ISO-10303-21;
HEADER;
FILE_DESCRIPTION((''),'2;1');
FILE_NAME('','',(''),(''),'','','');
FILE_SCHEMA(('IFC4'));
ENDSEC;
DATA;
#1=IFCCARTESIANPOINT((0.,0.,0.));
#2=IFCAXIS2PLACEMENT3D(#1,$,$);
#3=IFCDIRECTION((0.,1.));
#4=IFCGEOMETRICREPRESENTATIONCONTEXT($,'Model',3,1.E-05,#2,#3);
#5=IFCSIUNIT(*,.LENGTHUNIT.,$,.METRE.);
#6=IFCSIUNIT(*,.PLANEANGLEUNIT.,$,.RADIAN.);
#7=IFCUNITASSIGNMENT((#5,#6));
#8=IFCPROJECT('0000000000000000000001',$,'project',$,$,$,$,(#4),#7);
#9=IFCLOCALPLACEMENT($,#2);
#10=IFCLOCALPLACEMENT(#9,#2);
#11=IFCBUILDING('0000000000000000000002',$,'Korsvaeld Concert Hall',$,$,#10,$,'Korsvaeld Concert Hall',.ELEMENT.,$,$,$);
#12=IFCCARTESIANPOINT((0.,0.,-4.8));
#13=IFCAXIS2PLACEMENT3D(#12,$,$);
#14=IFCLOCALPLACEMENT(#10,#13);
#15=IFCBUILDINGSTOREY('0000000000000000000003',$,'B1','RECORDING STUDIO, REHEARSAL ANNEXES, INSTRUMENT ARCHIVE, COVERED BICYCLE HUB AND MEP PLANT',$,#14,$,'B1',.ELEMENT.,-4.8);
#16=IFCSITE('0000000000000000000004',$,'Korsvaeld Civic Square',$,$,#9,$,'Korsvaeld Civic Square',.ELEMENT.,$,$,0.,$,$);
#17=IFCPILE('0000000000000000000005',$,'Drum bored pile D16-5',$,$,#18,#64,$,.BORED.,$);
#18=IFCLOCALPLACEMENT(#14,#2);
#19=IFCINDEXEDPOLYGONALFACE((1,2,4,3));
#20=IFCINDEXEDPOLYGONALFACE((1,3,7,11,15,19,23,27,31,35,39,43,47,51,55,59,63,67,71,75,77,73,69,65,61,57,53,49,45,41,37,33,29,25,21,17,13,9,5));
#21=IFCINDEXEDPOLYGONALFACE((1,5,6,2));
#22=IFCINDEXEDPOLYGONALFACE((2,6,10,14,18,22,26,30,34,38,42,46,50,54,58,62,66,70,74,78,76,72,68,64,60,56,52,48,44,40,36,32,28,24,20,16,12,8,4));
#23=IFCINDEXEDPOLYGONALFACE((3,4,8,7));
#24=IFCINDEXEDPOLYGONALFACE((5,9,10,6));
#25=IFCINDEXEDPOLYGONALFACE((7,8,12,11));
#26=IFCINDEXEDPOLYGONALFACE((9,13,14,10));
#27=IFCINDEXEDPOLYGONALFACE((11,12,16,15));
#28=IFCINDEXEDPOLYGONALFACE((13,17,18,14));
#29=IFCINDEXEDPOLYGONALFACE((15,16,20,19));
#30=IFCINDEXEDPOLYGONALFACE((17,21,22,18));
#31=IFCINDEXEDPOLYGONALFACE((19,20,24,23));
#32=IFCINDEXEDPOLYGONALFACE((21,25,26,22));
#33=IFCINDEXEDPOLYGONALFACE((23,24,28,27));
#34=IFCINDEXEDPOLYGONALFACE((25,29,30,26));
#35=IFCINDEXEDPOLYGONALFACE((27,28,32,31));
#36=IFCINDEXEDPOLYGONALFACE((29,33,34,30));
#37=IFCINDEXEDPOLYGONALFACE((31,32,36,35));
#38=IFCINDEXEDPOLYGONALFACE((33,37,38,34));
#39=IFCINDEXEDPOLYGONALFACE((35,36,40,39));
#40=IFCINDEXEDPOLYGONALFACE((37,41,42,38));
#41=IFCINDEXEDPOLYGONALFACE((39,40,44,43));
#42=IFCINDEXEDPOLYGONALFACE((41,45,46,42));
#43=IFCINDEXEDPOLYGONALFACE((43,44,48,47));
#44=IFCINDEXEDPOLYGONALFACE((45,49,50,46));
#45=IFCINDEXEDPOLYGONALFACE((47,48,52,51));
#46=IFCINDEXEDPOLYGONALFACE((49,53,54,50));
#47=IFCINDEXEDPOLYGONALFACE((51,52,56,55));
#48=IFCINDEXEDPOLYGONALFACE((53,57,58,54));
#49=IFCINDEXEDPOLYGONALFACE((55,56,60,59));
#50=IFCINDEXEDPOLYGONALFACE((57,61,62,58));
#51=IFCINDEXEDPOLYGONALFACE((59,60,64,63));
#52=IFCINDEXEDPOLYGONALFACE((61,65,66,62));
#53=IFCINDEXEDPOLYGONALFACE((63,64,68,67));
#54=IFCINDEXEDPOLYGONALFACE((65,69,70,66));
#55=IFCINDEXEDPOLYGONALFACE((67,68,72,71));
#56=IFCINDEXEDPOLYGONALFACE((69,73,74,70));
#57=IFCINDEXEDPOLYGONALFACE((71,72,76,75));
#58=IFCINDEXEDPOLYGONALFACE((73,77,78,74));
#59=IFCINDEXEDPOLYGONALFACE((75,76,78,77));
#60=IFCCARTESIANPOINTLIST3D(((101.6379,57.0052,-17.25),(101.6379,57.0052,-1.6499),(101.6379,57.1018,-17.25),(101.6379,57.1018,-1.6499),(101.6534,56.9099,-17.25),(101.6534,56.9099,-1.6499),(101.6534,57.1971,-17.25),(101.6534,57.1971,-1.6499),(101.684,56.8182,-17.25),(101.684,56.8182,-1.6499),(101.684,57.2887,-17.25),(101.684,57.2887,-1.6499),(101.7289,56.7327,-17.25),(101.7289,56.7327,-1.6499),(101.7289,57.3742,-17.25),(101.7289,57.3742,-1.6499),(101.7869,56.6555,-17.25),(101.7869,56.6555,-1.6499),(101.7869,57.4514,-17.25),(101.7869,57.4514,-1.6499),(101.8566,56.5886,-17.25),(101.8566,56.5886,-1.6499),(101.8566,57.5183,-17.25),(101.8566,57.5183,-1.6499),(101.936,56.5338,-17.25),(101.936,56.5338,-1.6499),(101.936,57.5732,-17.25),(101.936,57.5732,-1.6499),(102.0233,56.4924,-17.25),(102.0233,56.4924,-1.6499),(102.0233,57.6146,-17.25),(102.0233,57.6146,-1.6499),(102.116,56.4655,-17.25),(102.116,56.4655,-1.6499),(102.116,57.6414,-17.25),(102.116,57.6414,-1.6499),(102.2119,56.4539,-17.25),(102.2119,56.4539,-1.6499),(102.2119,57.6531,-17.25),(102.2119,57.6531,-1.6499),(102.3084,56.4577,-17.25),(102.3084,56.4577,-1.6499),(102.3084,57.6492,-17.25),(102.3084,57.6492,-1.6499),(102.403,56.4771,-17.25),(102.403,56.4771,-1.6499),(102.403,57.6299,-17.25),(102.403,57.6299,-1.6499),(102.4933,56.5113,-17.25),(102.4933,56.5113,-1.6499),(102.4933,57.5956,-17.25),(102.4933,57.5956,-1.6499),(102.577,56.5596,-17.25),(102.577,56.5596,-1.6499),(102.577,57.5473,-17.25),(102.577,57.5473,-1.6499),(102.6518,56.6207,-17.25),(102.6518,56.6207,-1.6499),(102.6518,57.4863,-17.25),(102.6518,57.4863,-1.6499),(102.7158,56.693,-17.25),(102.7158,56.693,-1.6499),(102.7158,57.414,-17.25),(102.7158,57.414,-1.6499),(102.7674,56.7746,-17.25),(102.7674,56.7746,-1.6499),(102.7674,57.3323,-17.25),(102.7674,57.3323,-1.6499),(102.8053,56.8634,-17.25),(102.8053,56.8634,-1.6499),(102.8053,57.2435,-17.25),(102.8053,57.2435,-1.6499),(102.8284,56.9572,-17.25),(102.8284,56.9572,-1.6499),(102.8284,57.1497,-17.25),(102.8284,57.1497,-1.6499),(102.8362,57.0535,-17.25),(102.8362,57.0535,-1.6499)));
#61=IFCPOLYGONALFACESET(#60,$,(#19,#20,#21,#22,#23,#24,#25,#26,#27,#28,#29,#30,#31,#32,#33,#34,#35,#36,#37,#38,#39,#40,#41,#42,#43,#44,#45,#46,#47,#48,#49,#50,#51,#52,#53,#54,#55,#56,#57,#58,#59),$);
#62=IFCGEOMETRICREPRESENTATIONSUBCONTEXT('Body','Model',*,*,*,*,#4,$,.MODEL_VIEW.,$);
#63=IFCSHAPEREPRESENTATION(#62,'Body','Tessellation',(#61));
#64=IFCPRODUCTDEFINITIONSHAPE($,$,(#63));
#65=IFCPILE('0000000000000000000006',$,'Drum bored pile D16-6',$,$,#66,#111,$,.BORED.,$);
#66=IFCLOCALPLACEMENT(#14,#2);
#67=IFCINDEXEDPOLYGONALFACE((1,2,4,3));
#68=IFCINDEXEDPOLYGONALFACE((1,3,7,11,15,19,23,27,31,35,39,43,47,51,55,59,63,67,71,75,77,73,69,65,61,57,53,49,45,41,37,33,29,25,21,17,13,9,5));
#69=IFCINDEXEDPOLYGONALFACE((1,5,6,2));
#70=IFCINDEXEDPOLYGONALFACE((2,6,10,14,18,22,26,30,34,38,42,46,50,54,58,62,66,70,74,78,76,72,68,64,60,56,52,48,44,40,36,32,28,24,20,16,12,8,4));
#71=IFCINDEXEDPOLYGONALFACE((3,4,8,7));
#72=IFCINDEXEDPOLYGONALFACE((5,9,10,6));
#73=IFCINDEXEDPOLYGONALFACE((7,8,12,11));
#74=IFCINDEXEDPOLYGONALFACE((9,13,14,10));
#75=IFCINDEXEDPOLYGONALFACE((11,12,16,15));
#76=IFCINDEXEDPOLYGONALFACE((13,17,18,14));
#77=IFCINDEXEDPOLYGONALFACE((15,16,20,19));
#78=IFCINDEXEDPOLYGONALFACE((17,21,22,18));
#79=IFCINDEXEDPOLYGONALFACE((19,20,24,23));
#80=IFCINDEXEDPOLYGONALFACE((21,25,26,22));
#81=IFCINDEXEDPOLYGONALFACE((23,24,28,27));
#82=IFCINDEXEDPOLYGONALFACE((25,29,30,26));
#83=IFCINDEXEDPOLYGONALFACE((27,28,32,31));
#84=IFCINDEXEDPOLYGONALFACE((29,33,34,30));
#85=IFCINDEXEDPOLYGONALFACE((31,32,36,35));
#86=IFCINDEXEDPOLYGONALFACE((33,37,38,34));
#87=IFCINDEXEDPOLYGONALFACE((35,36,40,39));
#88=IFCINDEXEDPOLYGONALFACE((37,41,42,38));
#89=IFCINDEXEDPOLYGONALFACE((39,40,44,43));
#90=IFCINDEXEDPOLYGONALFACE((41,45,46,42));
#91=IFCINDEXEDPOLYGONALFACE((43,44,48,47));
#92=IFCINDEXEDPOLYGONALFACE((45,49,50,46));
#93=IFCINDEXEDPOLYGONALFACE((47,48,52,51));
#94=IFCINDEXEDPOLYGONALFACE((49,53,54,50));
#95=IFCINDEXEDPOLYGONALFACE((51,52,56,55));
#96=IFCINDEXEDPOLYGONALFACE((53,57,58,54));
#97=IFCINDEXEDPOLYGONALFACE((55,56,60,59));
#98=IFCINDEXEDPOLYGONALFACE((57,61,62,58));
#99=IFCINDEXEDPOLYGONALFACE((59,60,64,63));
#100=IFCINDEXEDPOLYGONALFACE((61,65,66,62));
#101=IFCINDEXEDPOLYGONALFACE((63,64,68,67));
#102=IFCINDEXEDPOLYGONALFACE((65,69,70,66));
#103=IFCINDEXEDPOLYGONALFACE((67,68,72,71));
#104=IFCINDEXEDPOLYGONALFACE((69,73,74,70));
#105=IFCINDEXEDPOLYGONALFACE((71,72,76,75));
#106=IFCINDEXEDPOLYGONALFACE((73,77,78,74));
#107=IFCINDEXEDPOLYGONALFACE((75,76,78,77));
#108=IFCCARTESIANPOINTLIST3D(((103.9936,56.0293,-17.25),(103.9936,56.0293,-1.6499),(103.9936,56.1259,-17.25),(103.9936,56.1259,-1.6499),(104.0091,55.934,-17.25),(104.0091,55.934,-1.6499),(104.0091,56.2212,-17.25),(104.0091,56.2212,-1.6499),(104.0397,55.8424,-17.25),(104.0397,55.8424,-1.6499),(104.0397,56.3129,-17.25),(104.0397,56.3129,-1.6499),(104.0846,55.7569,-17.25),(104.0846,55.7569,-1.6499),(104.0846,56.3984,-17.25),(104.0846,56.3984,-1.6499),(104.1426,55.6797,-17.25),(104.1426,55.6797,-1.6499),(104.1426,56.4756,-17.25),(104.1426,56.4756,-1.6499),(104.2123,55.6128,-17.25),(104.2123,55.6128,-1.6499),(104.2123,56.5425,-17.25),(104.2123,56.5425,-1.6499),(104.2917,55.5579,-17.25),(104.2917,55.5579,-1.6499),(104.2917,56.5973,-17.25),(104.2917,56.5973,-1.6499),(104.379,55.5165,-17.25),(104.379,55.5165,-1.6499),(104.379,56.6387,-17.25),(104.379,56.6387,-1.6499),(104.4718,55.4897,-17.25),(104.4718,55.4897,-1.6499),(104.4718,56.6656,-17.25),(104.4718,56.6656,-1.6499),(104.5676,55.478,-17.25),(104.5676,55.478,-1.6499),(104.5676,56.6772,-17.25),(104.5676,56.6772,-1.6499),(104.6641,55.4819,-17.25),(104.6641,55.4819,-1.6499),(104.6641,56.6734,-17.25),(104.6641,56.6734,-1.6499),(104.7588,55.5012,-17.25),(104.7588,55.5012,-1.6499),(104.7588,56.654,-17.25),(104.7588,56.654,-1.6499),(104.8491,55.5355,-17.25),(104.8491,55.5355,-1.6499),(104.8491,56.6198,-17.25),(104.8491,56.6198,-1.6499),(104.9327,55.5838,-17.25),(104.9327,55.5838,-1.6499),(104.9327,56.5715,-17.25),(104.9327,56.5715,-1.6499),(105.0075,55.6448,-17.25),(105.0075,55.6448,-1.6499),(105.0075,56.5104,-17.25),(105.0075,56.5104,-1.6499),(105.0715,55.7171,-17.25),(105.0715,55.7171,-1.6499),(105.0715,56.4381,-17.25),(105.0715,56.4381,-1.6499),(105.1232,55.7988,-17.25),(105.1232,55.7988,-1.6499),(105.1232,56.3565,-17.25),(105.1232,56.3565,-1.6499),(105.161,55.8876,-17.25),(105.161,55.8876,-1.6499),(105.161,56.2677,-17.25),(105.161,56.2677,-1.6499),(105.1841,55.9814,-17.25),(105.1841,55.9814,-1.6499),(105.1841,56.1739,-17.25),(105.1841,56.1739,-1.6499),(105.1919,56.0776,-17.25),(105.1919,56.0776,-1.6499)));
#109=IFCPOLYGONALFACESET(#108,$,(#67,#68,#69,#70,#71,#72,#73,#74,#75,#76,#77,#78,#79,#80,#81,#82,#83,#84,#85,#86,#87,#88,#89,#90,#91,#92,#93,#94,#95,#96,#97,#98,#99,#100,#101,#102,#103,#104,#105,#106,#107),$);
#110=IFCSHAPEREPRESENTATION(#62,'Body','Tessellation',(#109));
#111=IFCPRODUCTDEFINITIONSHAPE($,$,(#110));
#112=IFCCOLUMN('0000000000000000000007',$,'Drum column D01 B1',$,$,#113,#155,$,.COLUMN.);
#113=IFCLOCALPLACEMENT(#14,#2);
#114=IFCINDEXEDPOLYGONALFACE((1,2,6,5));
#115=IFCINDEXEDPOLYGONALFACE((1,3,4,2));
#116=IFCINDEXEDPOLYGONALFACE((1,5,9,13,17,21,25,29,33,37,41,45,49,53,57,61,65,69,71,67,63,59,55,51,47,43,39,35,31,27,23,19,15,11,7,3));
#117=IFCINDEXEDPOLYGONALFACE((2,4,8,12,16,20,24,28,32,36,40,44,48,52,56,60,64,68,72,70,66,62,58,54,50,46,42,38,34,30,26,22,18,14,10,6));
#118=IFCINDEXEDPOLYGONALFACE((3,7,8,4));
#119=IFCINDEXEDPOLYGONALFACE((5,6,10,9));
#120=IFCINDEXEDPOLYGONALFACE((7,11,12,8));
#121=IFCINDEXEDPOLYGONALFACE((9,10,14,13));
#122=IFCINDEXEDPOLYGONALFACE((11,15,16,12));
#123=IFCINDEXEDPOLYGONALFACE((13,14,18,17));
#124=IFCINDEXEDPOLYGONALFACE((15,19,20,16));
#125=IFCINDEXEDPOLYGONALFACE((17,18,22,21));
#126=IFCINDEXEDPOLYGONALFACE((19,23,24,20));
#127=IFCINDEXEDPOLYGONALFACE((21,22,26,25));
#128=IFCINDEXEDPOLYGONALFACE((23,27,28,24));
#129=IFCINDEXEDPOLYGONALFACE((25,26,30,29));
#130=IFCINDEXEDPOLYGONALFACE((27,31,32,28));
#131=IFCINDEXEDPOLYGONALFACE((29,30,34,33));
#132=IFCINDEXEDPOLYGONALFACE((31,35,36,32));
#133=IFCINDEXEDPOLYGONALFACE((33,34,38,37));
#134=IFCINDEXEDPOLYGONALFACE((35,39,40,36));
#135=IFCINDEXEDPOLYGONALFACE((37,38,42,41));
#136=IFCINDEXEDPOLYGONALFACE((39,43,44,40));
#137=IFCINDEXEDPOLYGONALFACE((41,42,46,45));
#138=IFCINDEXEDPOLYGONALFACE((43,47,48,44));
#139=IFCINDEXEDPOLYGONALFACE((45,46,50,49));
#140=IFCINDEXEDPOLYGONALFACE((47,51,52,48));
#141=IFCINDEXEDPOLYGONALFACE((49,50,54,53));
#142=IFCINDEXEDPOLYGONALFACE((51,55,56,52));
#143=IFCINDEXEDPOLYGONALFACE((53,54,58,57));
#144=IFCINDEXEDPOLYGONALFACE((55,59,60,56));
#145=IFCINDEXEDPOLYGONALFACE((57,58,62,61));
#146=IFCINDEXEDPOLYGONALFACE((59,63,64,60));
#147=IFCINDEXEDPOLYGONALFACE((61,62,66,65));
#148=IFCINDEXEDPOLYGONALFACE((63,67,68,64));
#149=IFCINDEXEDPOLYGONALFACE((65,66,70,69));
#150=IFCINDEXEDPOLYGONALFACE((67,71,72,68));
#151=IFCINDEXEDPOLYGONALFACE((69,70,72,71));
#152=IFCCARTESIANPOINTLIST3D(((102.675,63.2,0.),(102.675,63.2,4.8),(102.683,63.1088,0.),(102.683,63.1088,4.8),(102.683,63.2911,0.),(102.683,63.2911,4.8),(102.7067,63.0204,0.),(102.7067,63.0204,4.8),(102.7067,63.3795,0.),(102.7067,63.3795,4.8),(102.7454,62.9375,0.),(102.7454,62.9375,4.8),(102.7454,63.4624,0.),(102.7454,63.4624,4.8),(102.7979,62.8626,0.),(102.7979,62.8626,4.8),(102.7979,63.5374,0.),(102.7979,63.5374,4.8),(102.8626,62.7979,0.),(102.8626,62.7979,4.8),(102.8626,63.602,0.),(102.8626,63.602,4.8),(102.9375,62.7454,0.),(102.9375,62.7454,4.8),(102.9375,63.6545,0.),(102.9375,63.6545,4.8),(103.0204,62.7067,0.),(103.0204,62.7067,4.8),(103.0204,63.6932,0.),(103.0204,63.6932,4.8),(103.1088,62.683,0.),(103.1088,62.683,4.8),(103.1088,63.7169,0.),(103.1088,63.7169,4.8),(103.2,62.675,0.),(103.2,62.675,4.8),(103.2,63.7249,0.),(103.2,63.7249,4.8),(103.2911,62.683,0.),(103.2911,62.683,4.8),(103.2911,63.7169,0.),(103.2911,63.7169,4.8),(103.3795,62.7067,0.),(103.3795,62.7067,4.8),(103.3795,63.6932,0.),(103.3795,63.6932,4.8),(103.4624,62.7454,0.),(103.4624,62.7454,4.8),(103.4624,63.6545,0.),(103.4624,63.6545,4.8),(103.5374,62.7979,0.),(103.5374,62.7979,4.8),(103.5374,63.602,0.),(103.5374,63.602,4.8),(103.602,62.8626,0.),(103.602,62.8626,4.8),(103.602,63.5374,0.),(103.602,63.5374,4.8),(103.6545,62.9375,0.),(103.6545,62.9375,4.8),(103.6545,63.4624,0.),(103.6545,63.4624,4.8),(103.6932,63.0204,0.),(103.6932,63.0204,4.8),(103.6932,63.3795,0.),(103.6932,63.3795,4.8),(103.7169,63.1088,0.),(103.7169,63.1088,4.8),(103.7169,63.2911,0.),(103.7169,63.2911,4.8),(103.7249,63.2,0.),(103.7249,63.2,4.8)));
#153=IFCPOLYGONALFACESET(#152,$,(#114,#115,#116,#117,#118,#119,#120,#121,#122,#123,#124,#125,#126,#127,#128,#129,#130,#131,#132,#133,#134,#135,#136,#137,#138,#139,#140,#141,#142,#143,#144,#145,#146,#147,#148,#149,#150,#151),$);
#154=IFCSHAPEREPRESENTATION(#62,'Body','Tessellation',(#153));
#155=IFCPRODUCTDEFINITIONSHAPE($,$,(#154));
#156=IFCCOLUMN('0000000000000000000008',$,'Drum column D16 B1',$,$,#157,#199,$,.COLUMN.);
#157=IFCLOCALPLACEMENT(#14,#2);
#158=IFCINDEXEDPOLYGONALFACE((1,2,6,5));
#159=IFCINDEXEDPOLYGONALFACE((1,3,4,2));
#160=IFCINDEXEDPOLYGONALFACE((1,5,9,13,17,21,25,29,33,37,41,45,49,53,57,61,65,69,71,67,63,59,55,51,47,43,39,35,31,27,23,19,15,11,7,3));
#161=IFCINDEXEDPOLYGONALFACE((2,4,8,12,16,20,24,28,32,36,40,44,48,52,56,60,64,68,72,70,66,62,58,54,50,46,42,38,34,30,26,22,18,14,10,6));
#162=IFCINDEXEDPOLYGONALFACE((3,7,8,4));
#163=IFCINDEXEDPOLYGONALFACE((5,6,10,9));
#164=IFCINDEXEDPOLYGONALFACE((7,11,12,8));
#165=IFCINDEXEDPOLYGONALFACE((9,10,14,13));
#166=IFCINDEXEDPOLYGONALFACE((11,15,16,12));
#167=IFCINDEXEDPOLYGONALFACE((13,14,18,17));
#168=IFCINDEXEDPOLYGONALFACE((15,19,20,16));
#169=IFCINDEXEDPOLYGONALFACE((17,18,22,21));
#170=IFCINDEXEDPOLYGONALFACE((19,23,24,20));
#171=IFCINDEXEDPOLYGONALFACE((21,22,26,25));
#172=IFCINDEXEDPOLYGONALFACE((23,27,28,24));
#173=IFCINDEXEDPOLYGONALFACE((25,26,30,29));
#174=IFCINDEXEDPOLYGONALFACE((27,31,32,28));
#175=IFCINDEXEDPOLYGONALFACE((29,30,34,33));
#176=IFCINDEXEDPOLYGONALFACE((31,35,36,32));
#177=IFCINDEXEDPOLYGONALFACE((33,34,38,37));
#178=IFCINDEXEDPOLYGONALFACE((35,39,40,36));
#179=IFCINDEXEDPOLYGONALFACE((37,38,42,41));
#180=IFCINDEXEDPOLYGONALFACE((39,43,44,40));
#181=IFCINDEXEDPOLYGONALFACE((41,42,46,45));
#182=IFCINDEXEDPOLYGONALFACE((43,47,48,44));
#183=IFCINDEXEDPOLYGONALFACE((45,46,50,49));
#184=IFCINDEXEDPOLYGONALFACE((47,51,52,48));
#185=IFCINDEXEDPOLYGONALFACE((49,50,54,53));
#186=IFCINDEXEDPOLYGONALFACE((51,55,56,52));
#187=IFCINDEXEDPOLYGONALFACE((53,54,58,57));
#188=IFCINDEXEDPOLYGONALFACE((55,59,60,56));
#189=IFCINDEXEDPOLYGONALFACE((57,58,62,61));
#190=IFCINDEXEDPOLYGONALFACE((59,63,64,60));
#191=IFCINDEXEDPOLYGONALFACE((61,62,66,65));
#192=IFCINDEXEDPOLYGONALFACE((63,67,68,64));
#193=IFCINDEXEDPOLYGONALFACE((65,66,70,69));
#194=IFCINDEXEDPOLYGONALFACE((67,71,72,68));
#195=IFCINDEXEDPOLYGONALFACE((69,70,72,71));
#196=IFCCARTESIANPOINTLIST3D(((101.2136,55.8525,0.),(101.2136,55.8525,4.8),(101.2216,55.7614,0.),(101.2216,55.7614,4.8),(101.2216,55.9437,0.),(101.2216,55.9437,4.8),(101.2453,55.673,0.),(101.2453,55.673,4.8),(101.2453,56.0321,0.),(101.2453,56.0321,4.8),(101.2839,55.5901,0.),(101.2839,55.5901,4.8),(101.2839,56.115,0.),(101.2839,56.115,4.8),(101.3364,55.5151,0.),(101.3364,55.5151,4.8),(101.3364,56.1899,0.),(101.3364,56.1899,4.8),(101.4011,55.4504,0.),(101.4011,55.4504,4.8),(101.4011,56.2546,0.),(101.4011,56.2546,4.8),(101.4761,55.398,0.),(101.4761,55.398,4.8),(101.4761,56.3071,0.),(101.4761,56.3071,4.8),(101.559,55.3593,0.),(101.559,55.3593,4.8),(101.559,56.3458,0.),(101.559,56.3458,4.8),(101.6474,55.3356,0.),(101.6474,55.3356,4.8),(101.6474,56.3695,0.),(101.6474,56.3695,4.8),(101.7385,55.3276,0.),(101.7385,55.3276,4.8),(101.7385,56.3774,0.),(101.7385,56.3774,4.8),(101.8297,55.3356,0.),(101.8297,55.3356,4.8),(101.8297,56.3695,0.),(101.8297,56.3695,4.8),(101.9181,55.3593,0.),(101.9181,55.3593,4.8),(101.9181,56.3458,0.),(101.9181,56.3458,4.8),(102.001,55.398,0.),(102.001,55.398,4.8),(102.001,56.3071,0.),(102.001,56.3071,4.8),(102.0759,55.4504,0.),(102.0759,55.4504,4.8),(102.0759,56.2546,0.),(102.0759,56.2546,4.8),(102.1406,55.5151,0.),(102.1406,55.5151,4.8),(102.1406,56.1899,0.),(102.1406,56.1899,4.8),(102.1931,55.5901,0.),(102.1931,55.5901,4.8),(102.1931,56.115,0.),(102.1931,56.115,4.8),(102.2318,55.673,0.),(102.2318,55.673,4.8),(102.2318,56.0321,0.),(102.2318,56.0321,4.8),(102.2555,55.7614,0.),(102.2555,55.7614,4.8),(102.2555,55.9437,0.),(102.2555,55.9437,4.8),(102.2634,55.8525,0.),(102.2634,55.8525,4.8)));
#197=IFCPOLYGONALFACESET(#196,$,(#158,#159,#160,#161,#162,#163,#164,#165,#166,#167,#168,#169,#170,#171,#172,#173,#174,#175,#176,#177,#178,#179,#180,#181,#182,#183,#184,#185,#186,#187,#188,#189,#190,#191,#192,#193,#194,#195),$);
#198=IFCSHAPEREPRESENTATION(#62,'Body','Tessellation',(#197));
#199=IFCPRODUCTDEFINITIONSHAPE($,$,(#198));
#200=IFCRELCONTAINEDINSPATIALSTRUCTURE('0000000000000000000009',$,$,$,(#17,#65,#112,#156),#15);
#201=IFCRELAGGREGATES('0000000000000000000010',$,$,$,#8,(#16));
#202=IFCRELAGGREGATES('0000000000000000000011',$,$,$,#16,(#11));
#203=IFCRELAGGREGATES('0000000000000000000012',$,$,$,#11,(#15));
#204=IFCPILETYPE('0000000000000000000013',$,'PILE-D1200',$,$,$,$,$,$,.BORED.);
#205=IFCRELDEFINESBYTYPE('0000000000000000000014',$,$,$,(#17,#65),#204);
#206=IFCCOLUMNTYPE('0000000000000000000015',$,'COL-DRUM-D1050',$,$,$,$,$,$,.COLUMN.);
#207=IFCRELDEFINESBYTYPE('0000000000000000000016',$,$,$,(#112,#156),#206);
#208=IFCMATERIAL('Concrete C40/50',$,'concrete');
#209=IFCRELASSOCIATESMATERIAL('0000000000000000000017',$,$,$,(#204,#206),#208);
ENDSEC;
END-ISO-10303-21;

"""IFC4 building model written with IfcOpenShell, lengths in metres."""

from ifc_helpers import new_model, si_unit, direction, frame, origin, origin_2d, place, context, subcontext, project, spatial, circle, extrude, material, material_profile, profile_set, type_object, element, save


model = new_model("IFC4")

# Units and contexts
model_context = context("Model", 3, precision=1e-05, world=origin(), true_north=direction((0.0, 1.0)))
body_context = subcontext(model_context, "Body", "Model", "MODEL_VIEW")
ifc_project = project(units=[si_unit("LENGTHUNIT", "METRE"), si_unit("PLANEANGLEUNIT", "RADIAN")], contexts=[model_context])

# Site, building, storey
site_placement = place(None, origin())
site = spatial("IfcSite", under=ifc_project, at=site_placement, Name="Korsvaeld Civic Square", LongName="Korsvaeld Civic Square", CompositionType="ELEMENT", RefElevation=0.0)
building_placement = place(site_placement, origin())
building = spatial("IfcBuilding", under=site, at=building_placement, Name="Korsvaeld Concert Hall", LongName="Korsvaeld Concert Hall", CompositionType="ELEMENT")
storey_placement = place(building_placement, frame((0.0, 0.0, -4.8)))
storey = spatial("IfcBuildingStorey", under=building, at=storey_placement, Name="B1", Description="RECORDING STUDIO, REHEARSAL ANNEXES, INSTRUMENT ARCHIVE, COVERED BICYCLE HUB AND MEP PLANT", LongName="B1", CompositionType="ELEMENT", Elevation=-4.8)

# Piles
ifc_material_1 = material(Name="Concrete C40/50", Category="concrete")
ifc_material_profile_1 = material_profile(ifc_material_1, circle(Radius=0.6001, at=origin_2d()), Name="BORED PILE D1200")
ifc_profile_set_1 = profile_set([ifc_material_profile_1], Name="Concrete C40/50")
pile_type_1 = type_object("IfcPileType", Name="PILE-D1200", PredefinedType="BORED", material=ifc_profile_set_1)
for number, where, z_axis, x_axis, name in (
    (1, (102.2361, 57.0535, -1.6499), (0.0, 0.0, -1.0), (1.0, 0.0, 0.0), "Drum bored pile D16-5"),
    (2, (104.5918, 56.0776, -1.6499), (0.0, 0.0, -1.0), (1.0, 0.0, 0.0), "Drum bored pile D16-6"),
):
    element("IfcPile", number, at=place(storey_placement, frame(where, z_axis=z_axis, x_axis=x_axis)), inside=storey, type_object=pile_type_1, Name=name, PredefinedType="BORED", context=body_context, shape_type="SweptSolid", body=[
        extrude(circle(Radius=0.6001, at=origin_2d()), origin(), (0.0, 0.0, 1.0), 15.6001),
    ])

# Columns
ifc_material_profile_2 = material_profile(ifc_material_1, circle(Radius=0.5249, at=origin_2d()), Name="RC D1050")
ifc_profile_set_2 = profile_set([ifc_material_profile_2], Name="Concrete C40/50")
column_type = type_object("IfcColumnType", Name="COL-DRUM-D1050", PredefinedType="COLUMN", material=ifc_profile_set_2)
for number, where, z_axis, x_axis, name in (
    (3, (103.2, 63.2, 0.0), (0.0, 0.0, 1.0), (1.0, 0.0, 0.0), "Drum column D01 B1"),
    (4, (101.7385, 55.8525, 0.0), (0.0, 0.0, 1.0), (1.0, 0.0, 0.0), "Drum column D16 B1"),
):
    element("IfcColumn", number, at=place(storey_placement, frame(where, z_axis=z_axis, x_axis=x_axis)), inside=storey, type_object=column_type, Name=name, PredefinedType="COLUMN", context=body_context, shape_type="SweptSolid", body=[
        extrude(circle(Radius=0.5249, at=origin_2d()), origin(), (0.0, 0.0, 1.0), 4.8),
    ])

save(model, "model.ifc")
